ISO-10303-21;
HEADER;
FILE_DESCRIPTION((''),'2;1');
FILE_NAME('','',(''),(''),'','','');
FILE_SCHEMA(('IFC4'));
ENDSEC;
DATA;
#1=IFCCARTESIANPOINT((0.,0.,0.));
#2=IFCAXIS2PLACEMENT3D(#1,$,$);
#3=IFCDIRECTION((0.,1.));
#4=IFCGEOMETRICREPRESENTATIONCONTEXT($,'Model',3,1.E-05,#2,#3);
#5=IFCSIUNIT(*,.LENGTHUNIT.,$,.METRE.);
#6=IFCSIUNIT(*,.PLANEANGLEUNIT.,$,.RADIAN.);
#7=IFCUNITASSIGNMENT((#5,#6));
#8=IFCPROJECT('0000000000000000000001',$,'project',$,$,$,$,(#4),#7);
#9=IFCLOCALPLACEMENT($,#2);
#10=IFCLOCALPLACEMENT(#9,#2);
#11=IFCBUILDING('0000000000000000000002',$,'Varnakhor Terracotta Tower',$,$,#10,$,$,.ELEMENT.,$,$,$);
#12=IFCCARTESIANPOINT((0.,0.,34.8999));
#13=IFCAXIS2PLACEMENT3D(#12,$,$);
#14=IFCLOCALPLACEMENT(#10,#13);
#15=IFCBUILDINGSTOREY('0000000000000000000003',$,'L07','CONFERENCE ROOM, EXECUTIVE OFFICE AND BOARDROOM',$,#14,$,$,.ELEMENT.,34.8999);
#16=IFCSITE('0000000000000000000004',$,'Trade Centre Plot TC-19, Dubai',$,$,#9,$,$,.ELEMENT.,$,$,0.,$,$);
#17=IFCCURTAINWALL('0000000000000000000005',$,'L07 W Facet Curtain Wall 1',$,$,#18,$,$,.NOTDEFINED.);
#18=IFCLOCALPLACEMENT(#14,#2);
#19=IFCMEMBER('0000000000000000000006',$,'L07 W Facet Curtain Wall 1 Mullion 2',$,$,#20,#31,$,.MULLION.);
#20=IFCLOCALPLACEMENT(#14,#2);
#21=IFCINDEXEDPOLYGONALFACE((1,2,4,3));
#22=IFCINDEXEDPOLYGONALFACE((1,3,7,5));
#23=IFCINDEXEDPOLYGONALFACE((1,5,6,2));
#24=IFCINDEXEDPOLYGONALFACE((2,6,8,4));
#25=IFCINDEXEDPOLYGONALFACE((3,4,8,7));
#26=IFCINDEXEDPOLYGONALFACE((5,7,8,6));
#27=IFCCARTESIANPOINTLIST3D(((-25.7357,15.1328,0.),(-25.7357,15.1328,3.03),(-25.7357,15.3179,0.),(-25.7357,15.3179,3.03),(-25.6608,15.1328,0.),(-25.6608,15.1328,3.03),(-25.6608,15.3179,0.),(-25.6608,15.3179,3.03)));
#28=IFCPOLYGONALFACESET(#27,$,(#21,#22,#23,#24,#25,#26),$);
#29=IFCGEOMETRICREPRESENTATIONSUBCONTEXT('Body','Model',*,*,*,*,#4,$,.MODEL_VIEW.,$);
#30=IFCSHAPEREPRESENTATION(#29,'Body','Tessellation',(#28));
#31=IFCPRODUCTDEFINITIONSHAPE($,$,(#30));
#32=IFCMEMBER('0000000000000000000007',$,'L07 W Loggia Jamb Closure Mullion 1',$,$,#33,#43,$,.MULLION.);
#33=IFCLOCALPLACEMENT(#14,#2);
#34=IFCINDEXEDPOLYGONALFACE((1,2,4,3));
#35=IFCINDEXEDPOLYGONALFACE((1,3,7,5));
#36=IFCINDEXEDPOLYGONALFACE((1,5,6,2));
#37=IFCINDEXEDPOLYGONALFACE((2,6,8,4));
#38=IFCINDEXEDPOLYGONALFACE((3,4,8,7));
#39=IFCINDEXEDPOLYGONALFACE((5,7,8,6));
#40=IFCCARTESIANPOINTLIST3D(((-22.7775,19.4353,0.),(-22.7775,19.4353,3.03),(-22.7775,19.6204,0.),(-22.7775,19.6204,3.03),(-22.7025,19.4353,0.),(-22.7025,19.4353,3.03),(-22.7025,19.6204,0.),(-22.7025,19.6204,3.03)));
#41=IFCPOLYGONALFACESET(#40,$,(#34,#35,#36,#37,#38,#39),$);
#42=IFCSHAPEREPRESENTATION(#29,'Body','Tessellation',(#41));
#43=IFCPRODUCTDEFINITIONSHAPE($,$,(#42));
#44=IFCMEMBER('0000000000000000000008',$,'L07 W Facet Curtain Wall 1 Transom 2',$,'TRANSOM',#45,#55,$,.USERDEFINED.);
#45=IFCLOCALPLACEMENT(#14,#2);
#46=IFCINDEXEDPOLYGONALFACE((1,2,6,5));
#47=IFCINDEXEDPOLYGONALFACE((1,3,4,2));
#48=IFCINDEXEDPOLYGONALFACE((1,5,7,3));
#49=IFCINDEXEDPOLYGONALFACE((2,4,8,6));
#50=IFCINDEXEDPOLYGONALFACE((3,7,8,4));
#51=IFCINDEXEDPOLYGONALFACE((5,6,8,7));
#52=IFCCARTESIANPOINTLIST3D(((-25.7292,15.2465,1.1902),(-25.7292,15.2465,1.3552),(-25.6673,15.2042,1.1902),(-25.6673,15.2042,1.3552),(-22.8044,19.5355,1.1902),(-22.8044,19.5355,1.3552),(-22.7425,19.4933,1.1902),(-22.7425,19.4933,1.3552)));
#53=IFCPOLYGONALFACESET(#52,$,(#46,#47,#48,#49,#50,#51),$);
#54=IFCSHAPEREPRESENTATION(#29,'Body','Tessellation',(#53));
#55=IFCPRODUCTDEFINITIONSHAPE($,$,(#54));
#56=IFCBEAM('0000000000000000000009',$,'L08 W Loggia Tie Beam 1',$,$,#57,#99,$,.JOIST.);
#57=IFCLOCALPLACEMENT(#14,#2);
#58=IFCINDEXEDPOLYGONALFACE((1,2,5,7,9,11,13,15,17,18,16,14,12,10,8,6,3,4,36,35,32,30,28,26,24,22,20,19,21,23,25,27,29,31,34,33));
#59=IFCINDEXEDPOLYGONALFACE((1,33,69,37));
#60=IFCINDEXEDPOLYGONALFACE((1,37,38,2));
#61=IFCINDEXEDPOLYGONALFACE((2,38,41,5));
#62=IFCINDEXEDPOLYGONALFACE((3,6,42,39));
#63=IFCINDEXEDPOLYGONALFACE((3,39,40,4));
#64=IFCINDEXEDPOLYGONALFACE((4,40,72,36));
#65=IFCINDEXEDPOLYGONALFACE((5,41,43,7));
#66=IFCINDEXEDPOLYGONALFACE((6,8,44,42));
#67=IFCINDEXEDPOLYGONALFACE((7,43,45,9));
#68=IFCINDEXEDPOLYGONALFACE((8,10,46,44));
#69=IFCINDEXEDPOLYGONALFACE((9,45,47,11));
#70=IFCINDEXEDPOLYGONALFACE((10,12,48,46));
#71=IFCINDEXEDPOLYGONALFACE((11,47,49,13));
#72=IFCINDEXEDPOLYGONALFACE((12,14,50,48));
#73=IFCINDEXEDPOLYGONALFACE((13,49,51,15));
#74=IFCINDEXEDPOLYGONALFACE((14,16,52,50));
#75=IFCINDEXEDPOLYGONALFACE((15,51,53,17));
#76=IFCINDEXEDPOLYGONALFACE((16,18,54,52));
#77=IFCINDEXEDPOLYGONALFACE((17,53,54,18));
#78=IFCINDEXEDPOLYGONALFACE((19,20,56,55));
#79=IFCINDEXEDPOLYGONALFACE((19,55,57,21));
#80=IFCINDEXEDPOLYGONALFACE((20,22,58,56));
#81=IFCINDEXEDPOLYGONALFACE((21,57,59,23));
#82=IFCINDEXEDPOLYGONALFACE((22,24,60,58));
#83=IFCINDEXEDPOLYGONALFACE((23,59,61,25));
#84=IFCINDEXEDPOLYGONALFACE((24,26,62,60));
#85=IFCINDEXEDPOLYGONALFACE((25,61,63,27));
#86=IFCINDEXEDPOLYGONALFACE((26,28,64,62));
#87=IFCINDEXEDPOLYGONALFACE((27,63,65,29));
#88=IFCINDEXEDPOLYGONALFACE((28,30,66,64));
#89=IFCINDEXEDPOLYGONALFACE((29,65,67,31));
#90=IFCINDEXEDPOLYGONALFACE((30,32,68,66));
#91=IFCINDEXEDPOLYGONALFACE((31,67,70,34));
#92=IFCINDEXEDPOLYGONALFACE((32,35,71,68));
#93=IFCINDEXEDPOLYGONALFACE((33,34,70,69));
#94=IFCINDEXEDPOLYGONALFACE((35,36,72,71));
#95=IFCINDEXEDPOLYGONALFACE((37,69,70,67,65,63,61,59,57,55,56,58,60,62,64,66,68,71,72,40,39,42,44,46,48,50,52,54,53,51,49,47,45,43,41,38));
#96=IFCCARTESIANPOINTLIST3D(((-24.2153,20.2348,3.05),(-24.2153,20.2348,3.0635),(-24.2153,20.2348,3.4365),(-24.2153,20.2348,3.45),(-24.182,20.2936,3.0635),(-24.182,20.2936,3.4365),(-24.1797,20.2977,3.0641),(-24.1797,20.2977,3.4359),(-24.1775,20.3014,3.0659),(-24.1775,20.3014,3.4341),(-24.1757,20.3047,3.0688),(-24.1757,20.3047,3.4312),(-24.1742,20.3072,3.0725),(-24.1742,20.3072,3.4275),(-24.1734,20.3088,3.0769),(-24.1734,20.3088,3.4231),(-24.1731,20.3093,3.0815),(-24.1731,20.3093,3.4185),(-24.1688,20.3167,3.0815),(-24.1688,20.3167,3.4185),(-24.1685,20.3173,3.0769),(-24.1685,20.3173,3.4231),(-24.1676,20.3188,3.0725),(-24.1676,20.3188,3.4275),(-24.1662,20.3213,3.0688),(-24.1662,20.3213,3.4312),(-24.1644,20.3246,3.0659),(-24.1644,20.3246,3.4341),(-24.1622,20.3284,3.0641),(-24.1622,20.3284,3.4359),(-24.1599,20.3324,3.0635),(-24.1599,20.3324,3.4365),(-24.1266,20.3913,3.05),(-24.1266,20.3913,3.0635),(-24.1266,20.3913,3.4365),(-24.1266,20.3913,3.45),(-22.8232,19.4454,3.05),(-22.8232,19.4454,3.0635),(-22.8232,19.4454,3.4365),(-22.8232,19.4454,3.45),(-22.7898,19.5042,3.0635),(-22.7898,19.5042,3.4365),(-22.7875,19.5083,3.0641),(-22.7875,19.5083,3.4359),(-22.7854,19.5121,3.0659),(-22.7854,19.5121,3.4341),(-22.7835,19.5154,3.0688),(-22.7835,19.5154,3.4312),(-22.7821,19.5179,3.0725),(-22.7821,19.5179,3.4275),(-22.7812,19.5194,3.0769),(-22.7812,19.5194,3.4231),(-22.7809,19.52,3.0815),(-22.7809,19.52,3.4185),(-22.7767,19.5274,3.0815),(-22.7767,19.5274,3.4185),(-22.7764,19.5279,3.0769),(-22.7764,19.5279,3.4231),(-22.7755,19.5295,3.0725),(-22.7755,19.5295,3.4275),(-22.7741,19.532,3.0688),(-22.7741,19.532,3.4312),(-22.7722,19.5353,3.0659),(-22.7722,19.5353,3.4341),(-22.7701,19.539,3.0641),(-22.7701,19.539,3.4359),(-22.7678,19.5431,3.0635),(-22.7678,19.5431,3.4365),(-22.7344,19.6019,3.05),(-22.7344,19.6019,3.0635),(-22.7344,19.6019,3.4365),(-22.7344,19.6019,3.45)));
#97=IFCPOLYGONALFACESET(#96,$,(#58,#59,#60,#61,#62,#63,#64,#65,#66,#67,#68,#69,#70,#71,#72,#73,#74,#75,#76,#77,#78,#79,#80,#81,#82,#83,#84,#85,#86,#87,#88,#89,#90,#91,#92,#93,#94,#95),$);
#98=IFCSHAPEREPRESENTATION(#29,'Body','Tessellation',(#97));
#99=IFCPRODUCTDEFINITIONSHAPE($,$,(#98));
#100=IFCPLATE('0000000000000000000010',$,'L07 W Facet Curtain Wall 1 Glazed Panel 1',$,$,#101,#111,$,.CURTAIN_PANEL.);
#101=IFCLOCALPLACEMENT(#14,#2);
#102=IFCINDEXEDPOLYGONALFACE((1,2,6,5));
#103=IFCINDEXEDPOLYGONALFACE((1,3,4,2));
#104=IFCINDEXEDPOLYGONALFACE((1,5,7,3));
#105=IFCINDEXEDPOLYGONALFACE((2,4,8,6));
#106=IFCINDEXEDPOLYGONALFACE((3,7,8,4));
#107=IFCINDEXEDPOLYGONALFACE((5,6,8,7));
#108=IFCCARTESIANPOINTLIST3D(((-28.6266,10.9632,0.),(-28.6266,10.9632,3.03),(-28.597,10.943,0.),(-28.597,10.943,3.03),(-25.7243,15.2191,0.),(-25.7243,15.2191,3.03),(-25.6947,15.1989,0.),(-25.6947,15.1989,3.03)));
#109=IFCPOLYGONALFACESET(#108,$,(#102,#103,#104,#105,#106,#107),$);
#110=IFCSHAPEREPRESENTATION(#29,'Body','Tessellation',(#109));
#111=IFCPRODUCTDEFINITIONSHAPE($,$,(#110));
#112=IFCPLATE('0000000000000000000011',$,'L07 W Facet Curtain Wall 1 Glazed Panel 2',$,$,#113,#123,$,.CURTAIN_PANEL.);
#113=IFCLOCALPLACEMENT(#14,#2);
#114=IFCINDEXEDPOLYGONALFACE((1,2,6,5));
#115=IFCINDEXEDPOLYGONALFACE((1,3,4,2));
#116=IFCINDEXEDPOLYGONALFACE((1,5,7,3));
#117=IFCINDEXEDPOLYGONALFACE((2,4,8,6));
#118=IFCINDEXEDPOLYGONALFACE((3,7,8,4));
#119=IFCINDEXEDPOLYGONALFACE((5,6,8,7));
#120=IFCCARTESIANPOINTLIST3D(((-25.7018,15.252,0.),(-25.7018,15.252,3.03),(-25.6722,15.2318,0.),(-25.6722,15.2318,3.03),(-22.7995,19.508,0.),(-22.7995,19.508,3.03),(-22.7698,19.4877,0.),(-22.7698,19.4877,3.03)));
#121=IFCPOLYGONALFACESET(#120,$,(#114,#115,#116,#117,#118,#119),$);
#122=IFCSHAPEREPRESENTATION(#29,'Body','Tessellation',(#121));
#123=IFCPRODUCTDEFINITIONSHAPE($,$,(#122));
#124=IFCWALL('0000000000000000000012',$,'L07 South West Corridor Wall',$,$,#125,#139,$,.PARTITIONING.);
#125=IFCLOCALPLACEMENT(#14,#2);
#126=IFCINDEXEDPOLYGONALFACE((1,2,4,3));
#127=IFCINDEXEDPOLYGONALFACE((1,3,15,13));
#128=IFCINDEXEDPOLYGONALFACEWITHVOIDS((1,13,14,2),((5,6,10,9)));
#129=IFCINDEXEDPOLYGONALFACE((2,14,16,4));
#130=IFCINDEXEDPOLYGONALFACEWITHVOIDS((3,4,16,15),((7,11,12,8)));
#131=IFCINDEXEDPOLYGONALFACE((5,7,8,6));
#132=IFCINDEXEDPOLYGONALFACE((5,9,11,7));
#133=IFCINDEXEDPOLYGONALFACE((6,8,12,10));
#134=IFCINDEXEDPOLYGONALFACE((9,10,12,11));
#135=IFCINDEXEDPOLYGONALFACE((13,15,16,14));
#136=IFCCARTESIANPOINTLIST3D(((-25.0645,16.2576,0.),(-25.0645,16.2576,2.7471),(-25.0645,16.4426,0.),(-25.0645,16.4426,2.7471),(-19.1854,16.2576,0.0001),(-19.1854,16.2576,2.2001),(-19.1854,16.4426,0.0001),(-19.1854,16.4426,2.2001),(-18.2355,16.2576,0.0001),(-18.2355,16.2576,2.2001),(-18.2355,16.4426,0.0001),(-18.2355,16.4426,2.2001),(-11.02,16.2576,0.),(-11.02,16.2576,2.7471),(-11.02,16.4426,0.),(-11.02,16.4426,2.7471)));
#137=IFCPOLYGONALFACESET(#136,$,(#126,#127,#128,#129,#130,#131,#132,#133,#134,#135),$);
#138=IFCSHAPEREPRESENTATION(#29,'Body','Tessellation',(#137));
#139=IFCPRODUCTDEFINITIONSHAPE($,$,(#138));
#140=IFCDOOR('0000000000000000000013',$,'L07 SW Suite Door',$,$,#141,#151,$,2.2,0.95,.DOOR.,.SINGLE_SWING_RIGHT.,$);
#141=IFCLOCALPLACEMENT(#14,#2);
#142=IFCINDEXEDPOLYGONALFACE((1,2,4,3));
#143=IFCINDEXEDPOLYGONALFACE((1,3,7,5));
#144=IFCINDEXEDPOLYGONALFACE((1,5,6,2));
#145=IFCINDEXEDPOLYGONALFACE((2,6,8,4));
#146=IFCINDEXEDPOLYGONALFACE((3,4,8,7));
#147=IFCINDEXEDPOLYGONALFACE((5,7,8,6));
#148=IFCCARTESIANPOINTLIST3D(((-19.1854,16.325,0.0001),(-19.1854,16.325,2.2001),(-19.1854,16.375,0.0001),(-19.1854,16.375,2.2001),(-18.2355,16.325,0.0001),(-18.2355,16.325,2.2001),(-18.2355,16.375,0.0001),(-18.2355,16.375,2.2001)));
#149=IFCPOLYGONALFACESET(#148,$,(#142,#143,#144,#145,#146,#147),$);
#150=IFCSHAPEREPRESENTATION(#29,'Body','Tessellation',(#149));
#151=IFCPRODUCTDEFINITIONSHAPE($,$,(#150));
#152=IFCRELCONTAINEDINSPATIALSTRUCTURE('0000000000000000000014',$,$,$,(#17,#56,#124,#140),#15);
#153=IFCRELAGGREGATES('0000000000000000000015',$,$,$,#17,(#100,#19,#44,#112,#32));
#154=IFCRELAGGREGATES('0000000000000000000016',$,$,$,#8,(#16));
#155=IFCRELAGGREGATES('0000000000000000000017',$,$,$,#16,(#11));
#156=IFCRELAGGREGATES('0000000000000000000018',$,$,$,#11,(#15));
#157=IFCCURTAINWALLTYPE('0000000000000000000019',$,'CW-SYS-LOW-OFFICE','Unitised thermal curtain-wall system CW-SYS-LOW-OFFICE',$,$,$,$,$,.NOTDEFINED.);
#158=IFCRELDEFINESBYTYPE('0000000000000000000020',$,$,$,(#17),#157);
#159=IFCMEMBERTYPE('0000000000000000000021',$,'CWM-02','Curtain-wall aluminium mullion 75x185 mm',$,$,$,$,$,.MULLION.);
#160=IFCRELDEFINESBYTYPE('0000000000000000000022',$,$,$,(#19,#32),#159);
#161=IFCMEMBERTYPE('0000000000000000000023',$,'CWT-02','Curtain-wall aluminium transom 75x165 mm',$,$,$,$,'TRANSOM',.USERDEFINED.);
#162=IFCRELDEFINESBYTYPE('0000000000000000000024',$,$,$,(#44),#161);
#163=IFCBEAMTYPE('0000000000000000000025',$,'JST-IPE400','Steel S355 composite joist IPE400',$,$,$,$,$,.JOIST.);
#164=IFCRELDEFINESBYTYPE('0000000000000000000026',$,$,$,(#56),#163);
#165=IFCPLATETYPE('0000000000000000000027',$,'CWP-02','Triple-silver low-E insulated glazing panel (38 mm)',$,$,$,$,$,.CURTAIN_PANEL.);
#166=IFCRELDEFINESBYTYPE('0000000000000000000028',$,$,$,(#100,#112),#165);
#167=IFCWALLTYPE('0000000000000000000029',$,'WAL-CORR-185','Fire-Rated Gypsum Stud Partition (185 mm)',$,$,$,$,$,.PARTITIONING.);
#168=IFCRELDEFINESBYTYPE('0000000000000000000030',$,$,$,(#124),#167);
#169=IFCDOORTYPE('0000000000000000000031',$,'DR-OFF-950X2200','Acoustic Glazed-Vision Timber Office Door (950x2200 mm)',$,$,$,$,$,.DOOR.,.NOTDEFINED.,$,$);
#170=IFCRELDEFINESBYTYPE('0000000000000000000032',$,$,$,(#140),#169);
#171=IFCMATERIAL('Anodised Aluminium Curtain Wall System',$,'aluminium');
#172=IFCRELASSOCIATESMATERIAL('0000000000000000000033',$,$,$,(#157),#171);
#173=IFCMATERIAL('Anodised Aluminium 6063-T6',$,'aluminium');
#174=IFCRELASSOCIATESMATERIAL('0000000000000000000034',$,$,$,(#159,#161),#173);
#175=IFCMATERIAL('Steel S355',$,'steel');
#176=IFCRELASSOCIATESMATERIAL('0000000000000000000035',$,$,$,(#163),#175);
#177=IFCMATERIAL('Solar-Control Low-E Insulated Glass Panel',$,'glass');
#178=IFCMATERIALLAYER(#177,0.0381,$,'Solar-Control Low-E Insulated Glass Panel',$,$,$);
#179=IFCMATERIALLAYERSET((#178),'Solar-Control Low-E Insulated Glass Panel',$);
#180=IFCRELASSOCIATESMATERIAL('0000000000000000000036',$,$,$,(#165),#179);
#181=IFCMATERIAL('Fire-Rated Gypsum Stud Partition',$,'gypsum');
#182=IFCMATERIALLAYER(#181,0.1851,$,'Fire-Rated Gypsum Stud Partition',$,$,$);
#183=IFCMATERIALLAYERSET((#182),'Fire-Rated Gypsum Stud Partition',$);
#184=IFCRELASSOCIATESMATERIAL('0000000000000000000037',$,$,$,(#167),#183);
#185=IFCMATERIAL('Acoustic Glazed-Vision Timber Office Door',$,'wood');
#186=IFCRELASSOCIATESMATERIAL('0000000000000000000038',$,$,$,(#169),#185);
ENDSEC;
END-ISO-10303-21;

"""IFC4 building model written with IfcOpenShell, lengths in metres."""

from ifc_helpers import new_model, si_unit, direction, frame, frame_2d, origin, origin_2d, place, context, subcontext, project, spatial, rectangle, i_section, extrude, source, transform, mapped, material, layer, layer_set, material_profile, profile_set, type_object, type_shapes, element, fill, aggregate, save


model = new_model("IFC4")

# Units and contexts
model_context = context("Model", 3, precision=1e-05, world=origin(), true_north=direction((0.0, 1.0)))
body_context = subcontext(model_context, "Body", "Model", "MODEL_VIEW")
ifc_project = project(units=[si_unit("LENGTHUNIT", "METRE"), si_unit("PLANEANGLEUNIT", "RADIAN")], contexts=[model_context])

# Site, building, storey
site_placement = place(None, origin())
site = spatial("IfcSite", under=ifc_project, at=site_placement, Name="Trade Centre Plot TC-19, Dubai", CompositionType="ELEMENT", RefElevation=0.0)
building_placement = place(site_placement, origin())
building = spatial("IfcBuilding", under=site, at=building_placement, Name="Varnakhor Terracotta Tower", CompositionType="ELEMENT")
storey_placement = place(building_placement, frame((0.0, 0.0, 34.8999)))
storey = spatial("IfcBuildingStorey", under=building, at=storey_placement, Name="L07", Description="CONFERENCE ROOM, EXECUTIVE OFFICE AND BOARDROOM", CompositionType="ELEMENT", Elevation=34.8999)

# Shared definitions
ifc_material_1 = material(Name="Steel S355", Category="steel")

# Curtain wall, members
ifc_material_2 = material(Name="Anodised Aluminium Curtain Wall System", Category="aluminium")
curtain_wall_type = type_object("IfcCurtainWallType", Name="CW-SYS-LOW-OFFICE", Description="Unitised thermal curtain-wall system CW-SYS-LOW-OFFICE", PredefinedType="NOTDEFINED", material=ifc_material_2)
curtain_wall_placement = place(storey_placement, origin())
curtain_wall = element("IfcCurtainWall", 1, at=curtain_wall_placement, inside=storey, type_object=curtain_wall_type, Name="L07 W Facet Curtain Wall 1", PredefinedType="NOTDEFINED")
ifc_material_3 = material(Name="Anodised Aluminium 6063-T6", Category="aluminium")
ifc_material_profile_1 = material_profile(ifc_material_3, rectangle(XDim=0.075, YDim=0.1851, at=origin_2d()), Name="ALU MULLION 75x185")
ifc_profile_set_1 = profile_set([ifc_material_profile_1], Name="Anodised Aluminium 6063-T6")
member_type_1 = type_object("IfcMemberType", Name="CWM-02", Description="Curtain-wall aluminium mullion 75x185 mm", PredefinedType="MULLION", material=ifc_profile_set_1)
shared_shape_1 = source(origin(), body_context, "Body", "SweptSolid", [
    extrude(rectangle(XDim=0.075, YDim=0.1851, at=origin_2d()), origin(), (0.0, 0.0, 1.0), 3.03),
])
type_shapes(member_type_1, [shared_shape_1])
member_1_placement = place(storey_placement, frame((-25.6982, 15.2253, 0.0), z_axis=(0.0, 0.0, 1.0), x_axis=(1.0, 0.0, 0.0)))
member_1 = element("IfcMember", 2, at=member_1_placement, type_object=member_type_1, Name="L07 W Facet Curtain Wall 1 Mullion 2", PredefinedType="MULLION", context=body_context, shape_type="MappedRepresentation", body=[
    mapped(shared_shape_1, transform((0.0, 0.0, 0.0), scale=1.0)),
])
member_2_placement = place(storey_placement, frame((-22.74, 19.5278, 0.0), z_axis=(0.0, 0.0, 1.0), x_axis=(1.0, 0.0, 0.0)))
member_2 = element("IfcMember", 3, at=member_2_placement, type_object=member_type_1, Name="L07 W Loggia Jamb Closure Mullion 1", PredefinedType="MULLION", context=body_context, shape_type="MappedRepresentation", body=[
    mapped(shared_shape_1, transform((0.0, 0.0, 0.0), scale=1.0)),
])
ifc_material_profile_2 = material_profile(ifc_material_3, rectangle(XDim=0.075, YDim=0.165, at=origin_2d()), Name="ALU TRANSOM 75x165")
ifc_profile_set_2 = profile_set([ifc_material_profile_2], Name="Anodised Aluminium 6063-T6")
member_type_2 = type_object("IfcMemberType", Name="CWT-02", Description="Curtain-wall aluminium transom 75x165 mm", ElementType="TRANSOM", PredefinedType="USERDEFINED", material=ifc_profile_set_2)
shared_shape_2 = source(origin(), body_context, "Body", "SweptSolid", [
    extrude(rectangle(XDim=0.075, YDim=0.165, at=origin_2d()), origin(), (0.0, 0.0, 1.0), 5.1914),
])
member_3_placement = place(storey_placement, frame((-25.6982, 15.2253, 1.2727), z_axis=(0.563395, 0.826188, 0.0), x_axis=(-0.826188, 0.563395, 0.0)))
member_3 = element("IfcMember", 4, at=member_3_placement, type_object=member_type_2, Name="L07 W Facet Curtain Wall 1 Transom 2", ObjectType="TRANSOM", PredefinedType="USERDEFINED", context=body_context, shape_type="MappedRepresentation", body=[
    mapped(shared_shape_2, transform((0.0, 0.0, 0.0), scale=1.0)),
])

# Beam
ifc_material_profile_3 = material_profile(ifc_material_1, i_section(OverallWidth=0.1799, OverallDepth=0.3999, WebThickness=0.0085, FlangeThickness=0.0134, FilletRadius=0.0181, at=origin_2d()), Name="IPE400")
ifc_profile_set_3 = profile_set([ifc_material_profile_3], Name="Steel S355")
beam_type_1 = type_object("IfcBeamType", Name="JST-IPE400", Description="Steel S355 composite joist IPE400", PredefinedType="JOIST", material=ifc_profile_set_3)
shared_shape_3 = source(origin(), body_context, "Body", "SweptSolid", [
    extrude(i_section(OverallWidth=0.1799, OverallDepth=0.3999, WebThickness=0.0085, FlangeThickness=0.0134, FilletRadius=0.0181, at=origin_2d()), origin(), (0.0, 0.0, 1.0), 1.6003),
])
beam_1_placement = place(storey_placement, frame((-22.7788, 19.5237, 3.25), z_axis=(-0.8699, 0.493228, 0.0), x_axis=(-0.493228, -0.8699, 0.0)))
element("IfcBeam", 5, at=beam_1_placement, inside=storey, type_object=beam_type_1, Name="L08 W Loggia Tie Beam 1", PredefinedType="JOIST", context=body_context, shape_type="MappedRepresentation", body=[
    mapped(shared_shape_3, transform((0.0, 0.0, 0.0), scale=1.0)),
])

# Plates
ifc_material_4 = material(Name="Solar-Control Low-E Insulated Glass Panel", Category="glass")
ifc_layer_1 = layer(ifc_material_4, 0.0381, Name="Solar-Control Low-E Insulated Glass Panel")
ifc_layer_set_1 = layer_set([ifc_layer_1], Name="Solar-Control Low-E Insulated Glass Panel")
plate_type = type_object("IfcPlateType", Name="CWP-02", Description="Triple-silver low-E insulated glazing panel (38 mm)", PredefinedType="CURTAIN_PANEL", material=ifc_layer_set_1)
shared_shape_4 = source(origin(), body_context, "Body", "SweptSolid", [
    extrude(rectangle(XDim=5.1514, YDim=0.0359, at=origin_2d()), origin(), (0.0, 0.0, 1.0), 3.03),
])
plate_1_placement = place(storey_placement, frame((-27.1606, 13.0811, 0.0), z_axis=(0.0, 0.0, 1.0), x_axis=(0.563411, 0.826177, 0.0)))
plate_1 = element("IfcPlate", 6, at=plate_1_placement, type_object=plate_type, Name="L07 W Facet Curtain Wall 1 Glazed Panel 1", PredefinedType="CURTAIN_PANEL", context=body_context, shape_type="MappedRepresentation", body=[
    mapped(shared_shape_4, transform((0.0, 0.0, 0.0), scale=1.0)),
])
plate_2_placement = place(storey_placement, frame((-24.2358, 17.3699, 0.0), z_axis=(0.0, 0.0, 1.0), x_axis=(0.563411, 0.826177, 0.0)))
plate_2 = element("IfcPlate", 7, at=plate_2_placement, type_object=plate_type, Name="L07 W Facet Curtain Wall 1 Glazed Panel 2", PredefinedType="CURTAIN_PANEL", context=body_context, shape_type="MappedRepresentation", body=[
    mapped(shared_shape_4, transform((0.0, 0.0, 0.0), scale=1.0)),
])
aggregate(curtain_wall, [plate_1, member_1, member_3, plate_2, member_2])

# Wall, opening, door
ifc_material_5 = material(Name="Fire-Rated Gypsum Stud Partition", Category="gypsum")
ifc_layer_2 = layer(ifc_material_5, 0.1851, Name="Fire-Rated Gypsum Stud Partition")
ifc_layer_set_2 = layer_set([ifc_layer_2], Name="Fire-Rated Gypsum Stud Partition")
wall_type_1 = type_object("IfcWallType", Name="WAL-CORR-185", Description="Fire-Rated Gypsum Stud Partition (185 mm)", PredefinedType="PARTITIONING", material=ifc_layer_set_2)
wall_1_placement = place(storey_placement, frame((-25.0645, 16.3501, 0.0), z_axis=(0.0, 0.0, 1.0), x_axis=(1.0, 0.0, 0.0)))
wall_1 = element("IfcWall", 8, at=wall_1_placement, inside=storey, type_object=wall_type_1, Name="L07 South West Corridor Wall", PredefinedType="PARTITIONING", context=body_context, shape_type="SweptSolid", body=[
    extrude(rectangle(XDim=14.0444, YDim=0.1851, at=frame_2d((7.0222, 0.0))), origin(), (0.0, 0.0, 1.0), 2.7471),
])
opening_1_placement = place(wall_1_placement, frame((5.8789, 0.0, 0.0)))
opening_1 = element("IfcOpeningElement", 9, at=opening_1_placement, cuts=wall_1, PredefinedType="OPENING", context=body_context, shape_type="SweptSolid", body=[
    extrude(rectangle(XDim=0.95, YDim=2.2, at=frame_2d((0.4751, 1.1001))), frame((0.0, 0.1025, 0.0), z_axis=(0.0, -1.0, 0.0), x_axis=(1.0, 0.0, 0.0)), (0.0, 0.0, 1.0), 0.2051),
])
ifc_material_6 = material(Name="Acoustic Glazed-Vision Timber Office Door", Category="wood")
door_type_1 = type_object("IfcDoorType", Name="DR-OFF-950X2200", Description="Acoustic Glazed-Vision Timber Office Door (950x2200 mm)", OperationType="NOTDEFINED", PredefinedType="DOOR", material=ifc_material_6)
shared_shape_5 = source(origin(), body_context, "Body", "SweptSolid", [
    extrude(rectangle(XDim=0.95, YDim=2.2, at=frame_2d((0.4751, 1.1001))), frame((0.0, 0.0249, 0.0), z_axis=(0.0, -1.0, 0.0), x_axis=(1.0, 0.0, 0.0)), (0.0, 0.0, 1.0), 0.05),
])
type_shapes(door_type_1, [shared_shape_5])
door_1_placement = place(opening_1_placement, origin())
door_1 = element("IfcDoor", 10, at=door_1_placement, inside=storey, type_object=door_type_1, Name="L07 SW Suite Door", OperationType="SINGLE_SWING_RIGHT", OverallHeight=2.2, OverallWidth=0.95, PredefinedType="DOOR", context=body_context, shape_type="MappedRepresentation", body=[
    mapped(shared_shape_5, transform((0.0, 0.0, 0.0), scale=1.0)),
])
fill(opening_1, door_1)

save(model, "model.ifc")
